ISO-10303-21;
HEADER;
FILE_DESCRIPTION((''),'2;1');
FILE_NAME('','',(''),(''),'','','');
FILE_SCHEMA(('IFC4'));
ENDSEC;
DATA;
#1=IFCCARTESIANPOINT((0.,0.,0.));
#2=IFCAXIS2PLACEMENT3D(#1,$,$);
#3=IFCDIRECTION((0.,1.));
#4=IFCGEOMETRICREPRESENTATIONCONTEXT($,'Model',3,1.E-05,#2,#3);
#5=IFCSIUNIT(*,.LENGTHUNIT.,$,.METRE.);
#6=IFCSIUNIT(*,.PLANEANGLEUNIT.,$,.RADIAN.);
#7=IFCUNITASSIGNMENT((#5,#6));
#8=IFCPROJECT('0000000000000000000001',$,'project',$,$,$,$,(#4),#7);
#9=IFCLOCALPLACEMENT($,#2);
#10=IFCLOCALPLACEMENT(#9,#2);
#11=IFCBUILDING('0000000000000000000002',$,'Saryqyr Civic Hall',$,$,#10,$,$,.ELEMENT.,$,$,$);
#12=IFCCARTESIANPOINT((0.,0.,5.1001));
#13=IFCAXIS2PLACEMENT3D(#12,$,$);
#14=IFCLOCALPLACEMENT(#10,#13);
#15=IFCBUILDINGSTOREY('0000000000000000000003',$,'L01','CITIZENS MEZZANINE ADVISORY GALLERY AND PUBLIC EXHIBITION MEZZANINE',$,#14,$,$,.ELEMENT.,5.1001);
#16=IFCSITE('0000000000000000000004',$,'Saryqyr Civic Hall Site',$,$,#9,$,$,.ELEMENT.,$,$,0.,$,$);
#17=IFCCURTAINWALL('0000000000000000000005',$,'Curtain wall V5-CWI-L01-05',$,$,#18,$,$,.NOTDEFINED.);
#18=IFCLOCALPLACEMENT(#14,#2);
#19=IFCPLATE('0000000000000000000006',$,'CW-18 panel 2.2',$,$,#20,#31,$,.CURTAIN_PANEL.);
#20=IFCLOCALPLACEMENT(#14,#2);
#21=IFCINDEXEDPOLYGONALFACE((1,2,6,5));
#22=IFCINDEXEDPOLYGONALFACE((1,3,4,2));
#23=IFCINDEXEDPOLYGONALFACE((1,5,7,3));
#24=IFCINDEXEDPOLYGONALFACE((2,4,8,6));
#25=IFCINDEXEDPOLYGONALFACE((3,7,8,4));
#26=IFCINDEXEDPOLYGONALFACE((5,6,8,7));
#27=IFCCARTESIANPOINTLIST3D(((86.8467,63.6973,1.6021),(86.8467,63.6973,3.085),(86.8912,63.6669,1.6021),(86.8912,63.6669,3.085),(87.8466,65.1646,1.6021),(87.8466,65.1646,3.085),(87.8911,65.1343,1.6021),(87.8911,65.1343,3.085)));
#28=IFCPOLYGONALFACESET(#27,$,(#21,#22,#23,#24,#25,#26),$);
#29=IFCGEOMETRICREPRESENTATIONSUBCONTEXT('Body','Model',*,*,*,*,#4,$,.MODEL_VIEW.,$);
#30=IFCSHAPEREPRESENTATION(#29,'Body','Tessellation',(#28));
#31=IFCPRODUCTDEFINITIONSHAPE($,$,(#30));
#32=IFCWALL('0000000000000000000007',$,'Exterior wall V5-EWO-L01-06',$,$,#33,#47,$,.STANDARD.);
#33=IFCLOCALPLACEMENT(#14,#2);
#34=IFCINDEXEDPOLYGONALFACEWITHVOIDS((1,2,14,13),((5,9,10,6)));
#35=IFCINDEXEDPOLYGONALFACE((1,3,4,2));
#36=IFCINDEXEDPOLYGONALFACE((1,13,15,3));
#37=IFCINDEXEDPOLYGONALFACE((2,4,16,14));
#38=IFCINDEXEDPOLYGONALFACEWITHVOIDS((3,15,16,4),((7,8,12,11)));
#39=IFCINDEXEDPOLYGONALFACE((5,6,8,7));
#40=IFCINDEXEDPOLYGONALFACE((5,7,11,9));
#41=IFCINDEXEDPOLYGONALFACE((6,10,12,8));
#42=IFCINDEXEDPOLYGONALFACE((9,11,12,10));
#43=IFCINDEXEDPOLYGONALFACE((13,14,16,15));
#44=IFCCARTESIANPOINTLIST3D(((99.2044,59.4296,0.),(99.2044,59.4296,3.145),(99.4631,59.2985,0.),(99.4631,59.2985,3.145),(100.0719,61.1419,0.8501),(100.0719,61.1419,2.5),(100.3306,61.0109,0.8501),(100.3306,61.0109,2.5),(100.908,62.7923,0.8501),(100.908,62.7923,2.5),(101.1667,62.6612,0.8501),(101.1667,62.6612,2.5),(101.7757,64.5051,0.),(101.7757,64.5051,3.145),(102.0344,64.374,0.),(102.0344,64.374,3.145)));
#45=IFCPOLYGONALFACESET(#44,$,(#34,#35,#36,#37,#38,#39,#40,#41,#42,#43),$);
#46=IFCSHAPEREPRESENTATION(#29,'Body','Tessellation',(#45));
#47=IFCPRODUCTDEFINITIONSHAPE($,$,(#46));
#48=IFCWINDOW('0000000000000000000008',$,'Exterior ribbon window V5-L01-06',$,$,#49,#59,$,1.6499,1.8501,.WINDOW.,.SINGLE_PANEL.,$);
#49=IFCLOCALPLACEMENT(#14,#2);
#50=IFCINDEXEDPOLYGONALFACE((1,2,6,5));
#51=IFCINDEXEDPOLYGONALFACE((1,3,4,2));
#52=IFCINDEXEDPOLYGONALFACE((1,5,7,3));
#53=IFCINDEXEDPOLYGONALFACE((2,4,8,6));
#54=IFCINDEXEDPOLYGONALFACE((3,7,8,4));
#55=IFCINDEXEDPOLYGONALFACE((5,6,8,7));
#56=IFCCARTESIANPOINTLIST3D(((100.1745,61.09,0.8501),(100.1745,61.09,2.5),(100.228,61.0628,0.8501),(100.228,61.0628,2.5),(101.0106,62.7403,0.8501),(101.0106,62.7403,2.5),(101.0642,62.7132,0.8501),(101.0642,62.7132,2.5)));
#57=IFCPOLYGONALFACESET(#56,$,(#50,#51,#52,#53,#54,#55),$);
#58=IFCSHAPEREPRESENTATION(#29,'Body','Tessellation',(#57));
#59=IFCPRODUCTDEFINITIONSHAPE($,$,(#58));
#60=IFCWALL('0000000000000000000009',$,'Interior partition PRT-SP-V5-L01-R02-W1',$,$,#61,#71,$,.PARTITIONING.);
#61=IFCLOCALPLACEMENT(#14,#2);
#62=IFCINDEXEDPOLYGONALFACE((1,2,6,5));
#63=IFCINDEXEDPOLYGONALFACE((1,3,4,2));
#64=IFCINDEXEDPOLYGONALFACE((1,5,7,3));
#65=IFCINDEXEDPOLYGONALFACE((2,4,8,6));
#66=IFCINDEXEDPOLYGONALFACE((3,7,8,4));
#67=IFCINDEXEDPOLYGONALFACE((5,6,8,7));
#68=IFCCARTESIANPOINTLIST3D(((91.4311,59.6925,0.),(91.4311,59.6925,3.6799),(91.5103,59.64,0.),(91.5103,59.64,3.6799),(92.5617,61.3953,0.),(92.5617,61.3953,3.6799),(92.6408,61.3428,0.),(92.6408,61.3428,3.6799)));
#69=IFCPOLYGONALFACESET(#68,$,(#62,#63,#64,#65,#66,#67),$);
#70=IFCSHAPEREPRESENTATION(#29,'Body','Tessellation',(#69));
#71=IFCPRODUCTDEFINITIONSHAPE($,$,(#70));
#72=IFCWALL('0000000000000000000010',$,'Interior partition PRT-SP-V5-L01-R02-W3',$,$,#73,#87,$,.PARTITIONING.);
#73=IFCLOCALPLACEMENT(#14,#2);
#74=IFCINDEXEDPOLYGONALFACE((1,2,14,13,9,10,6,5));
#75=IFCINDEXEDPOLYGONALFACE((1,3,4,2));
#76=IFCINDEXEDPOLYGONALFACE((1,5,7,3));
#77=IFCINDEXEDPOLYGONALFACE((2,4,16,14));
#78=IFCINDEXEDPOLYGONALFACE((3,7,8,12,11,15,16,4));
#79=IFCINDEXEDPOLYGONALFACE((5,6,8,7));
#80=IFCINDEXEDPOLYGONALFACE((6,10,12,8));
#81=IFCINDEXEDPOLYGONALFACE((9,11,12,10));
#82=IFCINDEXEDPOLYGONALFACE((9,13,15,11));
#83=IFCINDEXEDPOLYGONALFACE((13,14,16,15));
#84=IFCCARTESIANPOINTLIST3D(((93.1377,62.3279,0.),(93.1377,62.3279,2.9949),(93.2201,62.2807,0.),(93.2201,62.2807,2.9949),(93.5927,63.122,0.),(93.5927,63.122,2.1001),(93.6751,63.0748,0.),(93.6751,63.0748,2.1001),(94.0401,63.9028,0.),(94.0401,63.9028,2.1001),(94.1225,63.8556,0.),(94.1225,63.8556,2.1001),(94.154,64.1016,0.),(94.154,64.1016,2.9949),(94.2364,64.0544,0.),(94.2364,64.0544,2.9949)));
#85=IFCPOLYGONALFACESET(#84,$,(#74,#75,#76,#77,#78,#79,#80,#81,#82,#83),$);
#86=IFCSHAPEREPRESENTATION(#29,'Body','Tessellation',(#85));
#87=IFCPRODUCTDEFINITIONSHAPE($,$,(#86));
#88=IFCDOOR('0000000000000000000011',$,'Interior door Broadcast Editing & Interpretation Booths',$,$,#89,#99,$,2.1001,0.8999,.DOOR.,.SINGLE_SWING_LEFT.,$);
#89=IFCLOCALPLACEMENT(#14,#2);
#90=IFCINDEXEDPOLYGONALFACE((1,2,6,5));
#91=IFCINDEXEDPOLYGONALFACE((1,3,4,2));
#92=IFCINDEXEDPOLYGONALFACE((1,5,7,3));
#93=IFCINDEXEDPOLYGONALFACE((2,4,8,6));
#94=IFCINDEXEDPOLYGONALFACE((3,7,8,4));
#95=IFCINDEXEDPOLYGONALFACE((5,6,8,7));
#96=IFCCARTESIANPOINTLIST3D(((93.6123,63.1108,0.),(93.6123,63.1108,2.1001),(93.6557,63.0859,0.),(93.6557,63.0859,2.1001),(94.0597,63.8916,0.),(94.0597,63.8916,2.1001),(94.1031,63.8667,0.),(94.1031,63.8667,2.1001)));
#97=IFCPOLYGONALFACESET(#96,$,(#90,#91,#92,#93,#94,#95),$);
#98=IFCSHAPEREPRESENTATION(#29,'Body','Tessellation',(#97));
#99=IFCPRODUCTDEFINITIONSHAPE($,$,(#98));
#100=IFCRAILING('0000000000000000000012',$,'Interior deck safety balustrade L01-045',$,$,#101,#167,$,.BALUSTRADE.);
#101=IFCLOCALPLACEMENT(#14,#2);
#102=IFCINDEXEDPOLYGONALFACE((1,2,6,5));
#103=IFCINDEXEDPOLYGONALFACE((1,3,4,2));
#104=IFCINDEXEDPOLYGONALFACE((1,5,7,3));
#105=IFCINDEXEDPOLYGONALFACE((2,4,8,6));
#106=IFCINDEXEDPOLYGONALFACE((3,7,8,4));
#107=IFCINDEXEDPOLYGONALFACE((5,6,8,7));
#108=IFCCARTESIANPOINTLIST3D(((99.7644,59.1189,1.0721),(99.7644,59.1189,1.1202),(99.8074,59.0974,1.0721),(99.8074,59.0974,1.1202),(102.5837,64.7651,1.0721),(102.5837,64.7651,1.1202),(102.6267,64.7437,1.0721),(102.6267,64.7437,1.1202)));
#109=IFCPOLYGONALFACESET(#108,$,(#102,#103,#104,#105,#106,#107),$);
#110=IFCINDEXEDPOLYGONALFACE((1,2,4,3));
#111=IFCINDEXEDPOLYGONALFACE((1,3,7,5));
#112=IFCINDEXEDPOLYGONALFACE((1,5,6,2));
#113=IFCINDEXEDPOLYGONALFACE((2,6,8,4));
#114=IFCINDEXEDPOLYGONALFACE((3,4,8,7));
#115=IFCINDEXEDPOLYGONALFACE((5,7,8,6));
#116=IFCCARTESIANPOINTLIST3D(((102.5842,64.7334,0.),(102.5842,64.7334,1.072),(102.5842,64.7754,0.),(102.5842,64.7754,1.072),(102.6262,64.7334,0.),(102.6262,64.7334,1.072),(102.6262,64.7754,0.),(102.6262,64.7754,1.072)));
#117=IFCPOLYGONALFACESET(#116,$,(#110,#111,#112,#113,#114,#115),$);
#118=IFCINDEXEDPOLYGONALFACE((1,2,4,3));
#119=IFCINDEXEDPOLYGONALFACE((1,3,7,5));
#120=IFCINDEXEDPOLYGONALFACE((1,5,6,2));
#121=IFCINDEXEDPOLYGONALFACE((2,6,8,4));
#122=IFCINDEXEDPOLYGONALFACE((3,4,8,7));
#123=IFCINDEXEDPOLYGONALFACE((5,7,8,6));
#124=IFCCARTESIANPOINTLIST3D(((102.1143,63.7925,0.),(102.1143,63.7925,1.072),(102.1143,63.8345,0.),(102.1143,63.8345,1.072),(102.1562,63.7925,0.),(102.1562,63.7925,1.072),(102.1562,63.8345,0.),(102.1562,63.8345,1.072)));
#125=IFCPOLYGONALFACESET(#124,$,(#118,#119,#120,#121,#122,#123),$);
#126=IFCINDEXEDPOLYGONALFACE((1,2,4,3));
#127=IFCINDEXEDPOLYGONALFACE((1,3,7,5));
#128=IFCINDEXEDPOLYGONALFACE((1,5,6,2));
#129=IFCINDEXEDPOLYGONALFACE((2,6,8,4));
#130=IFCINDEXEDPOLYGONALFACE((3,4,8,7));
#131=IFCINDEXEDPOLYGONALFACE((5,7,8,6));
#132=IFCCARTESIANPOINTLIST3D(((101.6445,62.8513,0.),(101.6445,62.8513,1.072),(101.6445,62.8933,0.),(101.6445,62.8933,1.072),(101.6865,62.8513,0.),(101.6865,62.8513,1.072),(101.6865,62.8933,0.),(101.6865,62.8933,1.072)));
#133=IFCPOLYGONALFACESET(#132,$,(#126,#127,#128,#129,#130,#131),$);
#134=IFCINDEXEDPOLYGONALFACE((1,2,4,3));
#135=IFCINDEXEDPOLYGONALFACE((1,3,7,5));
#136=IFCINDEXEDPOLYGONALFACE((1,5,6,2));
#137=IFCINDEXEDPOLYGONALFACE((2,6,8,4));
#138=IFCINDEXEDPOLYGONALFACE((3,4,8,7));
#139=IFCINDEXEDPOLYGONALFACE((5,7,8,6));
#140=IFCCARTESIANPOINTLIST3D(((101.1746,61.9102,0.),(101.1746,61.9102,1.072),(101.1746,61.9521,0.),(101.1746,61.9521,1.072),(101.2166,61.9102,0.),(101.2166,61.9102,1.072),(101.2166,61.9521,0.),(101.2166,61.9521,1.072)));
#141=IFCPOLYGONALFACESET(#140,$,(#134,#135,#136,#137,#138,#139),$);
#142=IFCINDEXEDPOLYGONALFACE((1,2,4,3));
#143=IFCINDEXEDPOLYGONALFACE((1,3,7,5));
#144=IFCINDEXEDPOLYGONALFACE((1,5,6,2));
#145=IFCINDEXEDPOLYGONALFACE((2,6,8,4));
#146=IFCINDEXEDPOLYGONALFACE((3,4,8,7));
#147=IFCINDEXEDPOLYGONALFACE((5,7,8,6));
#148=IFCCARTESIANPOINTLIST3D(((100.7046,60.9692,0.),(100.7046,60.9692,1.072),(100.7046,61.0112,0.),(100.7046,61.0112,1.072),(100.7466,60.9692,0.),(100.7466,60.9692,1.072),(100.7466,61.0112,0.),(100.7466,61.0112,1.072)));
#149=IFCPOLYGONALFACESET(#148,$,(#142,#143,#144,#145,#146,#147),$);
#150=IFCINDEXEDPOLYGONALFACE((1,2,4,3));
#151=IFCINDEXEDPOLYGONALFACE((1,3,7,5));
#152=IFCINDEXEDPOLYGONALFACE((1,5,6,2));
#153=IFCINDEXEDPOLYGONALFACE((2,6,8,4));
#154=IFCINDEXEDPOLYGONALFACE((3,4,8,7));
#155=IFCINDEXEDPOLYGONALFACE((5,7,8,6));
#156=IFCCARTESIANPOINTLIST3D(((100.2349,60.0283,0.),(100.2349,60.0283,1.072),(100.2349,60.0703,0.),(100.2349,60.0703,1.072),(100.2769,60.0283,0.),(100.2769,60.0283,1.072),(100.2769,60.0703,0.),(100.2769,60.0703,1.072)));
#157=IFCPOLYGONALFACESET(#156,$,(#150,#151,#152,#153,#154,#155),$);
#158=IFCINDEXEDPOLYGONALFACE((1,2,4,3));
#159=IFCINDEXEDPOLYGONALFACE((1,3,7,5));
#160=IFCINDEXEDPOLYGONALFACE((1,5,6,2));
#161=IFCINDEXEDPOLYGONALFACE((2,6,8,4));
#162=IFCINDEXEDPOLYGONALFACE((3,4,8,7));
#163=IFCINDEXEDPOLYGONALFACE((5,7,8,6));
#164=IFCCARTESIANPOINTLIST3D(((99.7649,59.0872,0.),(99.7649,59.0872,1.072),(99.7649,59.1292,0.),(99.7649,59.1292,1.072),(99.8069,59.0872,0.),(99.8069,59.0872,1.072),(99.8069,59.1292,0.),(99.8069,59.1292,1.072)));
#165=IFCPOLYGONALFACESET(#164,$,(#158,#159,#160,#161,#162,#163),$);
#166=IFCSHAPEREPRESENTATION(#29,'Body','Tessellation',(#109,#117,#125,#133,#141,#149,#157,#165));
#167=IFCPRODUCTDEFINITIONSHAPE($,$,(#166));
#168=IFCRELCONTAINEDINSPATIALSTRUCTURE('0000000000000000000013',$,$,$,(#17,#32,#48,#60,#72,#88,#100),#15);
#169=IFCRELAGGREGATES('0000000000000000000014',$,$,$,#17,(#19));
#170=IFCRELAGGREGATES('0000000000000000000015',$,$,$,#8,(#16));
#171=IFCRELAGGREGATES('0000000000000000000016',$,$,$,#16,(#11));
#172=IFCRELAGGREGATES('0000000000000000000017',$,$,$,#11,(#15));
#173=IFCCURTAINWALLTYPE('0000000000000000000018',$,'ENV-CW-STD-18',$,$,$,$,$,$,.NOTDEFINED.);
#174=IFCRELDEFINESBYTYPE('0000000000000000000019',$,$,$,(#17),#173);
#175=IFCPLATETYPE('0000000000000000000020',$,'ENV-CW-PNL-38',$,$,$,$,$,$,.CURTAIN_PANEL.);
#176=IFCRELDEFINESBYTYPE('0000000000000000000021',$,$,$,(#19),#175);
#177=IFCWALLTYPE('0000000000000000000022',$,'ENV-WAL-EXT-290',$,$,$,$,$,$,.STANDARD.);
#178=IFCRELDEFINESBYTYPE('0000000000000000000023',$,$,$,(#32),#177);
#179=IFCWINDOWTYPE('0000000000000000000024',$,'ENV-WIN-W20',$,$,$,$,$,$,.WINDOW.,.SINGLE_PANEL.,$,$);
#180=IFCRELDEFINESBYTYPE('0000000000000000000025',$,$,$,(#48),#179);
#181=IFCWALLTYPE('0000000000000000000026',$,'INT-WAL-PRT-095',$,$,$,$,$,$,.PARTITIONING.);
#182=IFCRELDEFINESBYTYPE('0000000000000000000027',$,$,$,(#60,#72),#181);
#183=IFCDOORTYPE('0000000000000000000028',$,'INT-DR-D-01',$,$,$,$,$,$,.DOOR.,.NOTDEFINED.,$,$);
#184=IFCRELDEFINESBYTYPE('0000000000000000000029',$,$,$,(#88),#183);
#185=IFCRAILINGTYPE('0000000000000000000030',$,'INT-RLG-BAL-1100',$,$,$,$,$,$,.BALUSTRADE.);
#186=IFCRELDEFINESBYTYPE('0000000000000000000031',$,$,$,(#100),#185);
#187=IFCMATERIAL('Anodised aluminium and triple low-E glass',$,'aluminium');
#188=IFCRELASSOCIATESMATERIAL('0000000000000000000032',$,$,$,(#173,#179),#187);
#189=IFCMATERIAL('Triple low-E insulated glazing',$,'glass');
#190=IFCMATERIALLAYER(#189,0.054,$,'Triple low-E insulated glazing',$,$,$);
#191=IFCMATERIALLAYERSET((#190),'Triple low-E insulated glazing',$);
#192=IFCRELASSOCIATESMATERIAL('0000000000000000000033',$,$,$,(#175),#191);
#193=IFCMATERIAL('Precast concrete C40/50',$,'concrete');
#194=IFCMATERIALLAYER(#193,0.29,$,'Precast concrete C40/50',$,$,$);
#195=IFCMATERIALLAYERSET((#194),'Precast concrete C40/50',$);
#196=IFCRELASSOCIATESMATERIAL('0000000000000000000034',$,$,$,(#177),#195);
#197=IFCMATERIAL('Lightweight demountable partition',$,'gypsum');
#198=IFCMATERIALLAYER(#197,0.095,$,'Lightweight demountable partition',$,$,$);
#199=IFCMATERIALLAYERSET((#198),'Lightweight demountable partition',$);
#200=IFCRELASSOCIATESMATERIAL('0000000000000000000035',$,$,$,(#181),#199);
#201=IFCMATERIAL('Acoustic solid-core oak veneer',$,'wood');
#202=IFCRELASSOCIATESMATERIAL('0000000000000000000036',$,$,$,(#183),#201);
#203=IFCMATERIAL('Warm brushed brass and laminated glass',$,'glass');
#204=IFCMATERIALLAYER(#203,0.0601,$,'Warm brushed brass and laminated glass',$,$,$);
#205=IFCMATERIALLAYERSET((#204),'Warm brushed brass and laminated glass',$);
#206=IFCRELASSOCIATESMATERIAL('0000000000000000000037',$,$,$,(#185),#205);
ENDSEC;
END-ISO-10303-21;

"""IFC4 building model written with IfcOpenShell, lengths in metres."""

from ifc_helpers import new_model, si_unit, direction, frame, frame_2d, origin, origin_2d, place, context, subcontext, project, spatial, rectangle, extrude, material, layer, layer_set, type_object, element, fill, aggregate, save


model = new_model("IFC4")

# Units and contexts
model_context = context("Model", 3, precision=1e-05, world=origin(), true_north=direction((0.0, 1.0)))
body_context = subcontext(model_context, "Body", "Model", "MODEL_VIEW")
ifc_project = project(units=[si_unit("LENGTHUNIT", "METRE"), si_unit("PLANEANGLEUNIT", "RADIAN")], contexts=[model_context])

# Site, building, storey
site_placement = place(None, origin())
site = spatial("IfcSite", under=ifc_project, at=site_placement, Name="Saryqyr Civic Hall Site", CompositionType="ELEMENT", RefElevation=0.0)
building_placement = place(site_placement, origin())
building = spatial("IfcBuilding", under=site, at=building_placement, Name="Saryqyr Civic Hall", CompositionType="ELEMENT")
storey_placement = place(building_placement, frame((0.0, 0.0, 5.1001)))
storey = spatial("IfcBuildingStorey", under=building, at=storey_placement, Name="L01", Description="CITIZENS MEZZANINE ADVISORY GALLERY AND PUBLIC EXHIBITION MEZZANINE", CompositionType="ELEMENT", Elevation=5.1001)

# Shared definitions
ifc_material_1 = material(Name="Anodised aluminium and triple low-E glass", Category="aluminium")

# Curtain wall
curtain_wall_type_1 = type_object("IfcCurtainWallType", Name="ENV-CW-STD-18", PredefinedType="NOTDEFINED", material=ifc_material_1)
curtain_wall_1_placement = place(storey_placement, origin())
curtain_wall_1 = element("IfcCurtainWall", 1, at=curtain_wall_1_placement, inside=storey, type_object=curtain_wall_type_1, Name="Curtain wall V5-CWI-L01-05", PredefinedType="NOTDEFINED")

# Shared definitions
ifc_material_2 = material(Name="Precast concrete C40/50", Category="concrete")

# Plate
ifc_material_3 = material(Name="Triple low-E insulated glazing", Category="glass")
ifc_layer_1 = layer(ifc_material_3, 0.054, Name="Triple low-E insulated glazing")
ifc_layer_set_1 = layer_set([ifc_layer_1], Name="Triple low-E insulated glazing")
plate_type = type_object("IfcPlateType", Name="ENV-CW-PNL-38", PredefinedType="CURTAIN_PANEL", material=ifc_layer_set_1)
plate_1_placement = place(storey_placement, frame((87.3689, 64.4158, 1.6021), z_axis=(0.0, 0.0, 1.0), x_axis=(0.56312, 0.826375, 0.0)))
plate_1 = element("IfcPlate", 2, at=plate_1_placement, type_object=plate_type, Name="CW-18 panel 2.2", PredefinedType="CURTAIN_PANEL", context=body_context, shape_type="SweptSolid", body=[
    extrude(rectangle(XDim=1.7756, YDim=0.054, at=origin_2d()), origin(), (0.0, 0.0, 1.0), 1.4829),
])
aggregate(curtain_wall_1, [plate_1])

# Wall, opening, window
ifc_layer_2 = layer(ifc_material_2, 0.29, Name="Precast concrete C40/50")
ifc_layer_set_2 = layer_set([ifc_layer_2], Name="Precast concrete C40/50")
wall_type_1 = type_object("IfcWallType", Name="ENV-WAL-EXT-290", PredefinedType="STANDARD", material=ifc_layer_set_2)
wall_1_placement = place(storey_placement, frame((101.905, 64.4395, 0.0), z_axis=(0.0, 0.0, 1.0), x_axis=(-0.451927, -0.892055, 0.0)))
wall_1 = element("IfcWall", 3, at=wall_1_placement, inside=storey, type_object=wall_type_1, Name="Exterior wall V5-EWO-L01-06", PredefinedType="STANDARD", context=body_context, shape_type="SweptSolid", body=[
    extrude(rectangle(XDim=5.6897, YDim=0.29, at=frame_2d((2.8447, 0.0))), origin(), (0.0, 0.0, 1.0), 3.145),
])
opening_1_placement = place(wall_1_placement, frame((1.9199, 0.0, 0.8501)))
opening_1 = element("IfcOpeningElement", 4, at=opening_1_placement, cuts=wall_1, PredefinedType="OPENING", context=body_context, shape_type="SweptSolid", body=[
    extrude(rectangle(XDim=1.8501, YDim=1.6499, at=frame_2d((0.925, 0.825))), frame((0.0, 0.155, 0.0), z_axis=(0.0, -1.0, 0.0), x_axis=(1.0, 0.0, 0.0)), (0.0, 0.0, 1.0), 0.3101),
])
window_type = type_object("IfcWindowType", Name="ENV-WIN-W20", PartitioningType="SINGLE_PANEL", PredefinedType="WINDOW", material=ifc_material_1)
window_placement = place(opening_1_placement, origin())
window = element("IfcWindow", 5, at=window_placement, inside=storey, type_object=window_type, Name="Exterior ribbon window V5-L01-06", OverallHeight=1.6499, OverallWidth=1.8501, PartitioningType="SINGLE_PANEL", PredefinedType="WINDOW", context=body_context, shape_type="SweptSolid", body=[
    extrude(rectangle(XDim=1.8501, YDim=1.6499, at=frame_2d((0.925, 0.825))), frame((0.0, 0.03, 0.0), z_axis=(0.0, -1.0, 0.0), x_axis=(1.0, 0.0, 0.0)), (0.0, 0.0, 1.0), 0.0601),
])
fill(opening_1, window)

# Wall
ifc_material_4 = material(Name="Lightweight demountable partition", Category="gypsum")
ifc_layer_3 = layer(ifc_material_4, 0.095, Name="Lightweight demountable partition")
ifc_layer_set_3 = layer_set([ifc_layer_3], Name="Lightweight demountable partition")
wall_type_2 = type_object("IfcWallType", Name="INT-WAL-PRT-095", PredefinedType="PARTITIONING", material=ifc_layer_set_3)
wall_2_placement = place(storey_placement, frame((91.4707, 59.6663, 0.0), z_axis=(0.0, 0.0, 1.0), x_axis=(0.553128, 0.833096, 0.0)))
element("IfcWall", 6, at=wall_2_placement, inside=storey, type_object=wall_type_2, Name="Interior partition PRT-SP-V5-L01-R02-W1", PredefinedType="PARTITIONING", context=body_context, shape_type="SweptSolid", body=[
    extrude(rectangle(XDim=2.0439, YDim=0.095, at=frame_2d((1.022, 0.0))), origin(), (0.0, 0.0, 1.0), 3.6799),
])

# Wall, opening, door
wall_3_placement = place(storey_placement, frame((93.179, 62.3044, 0.0), z_axis=(0.0, 0.0, 1.0), x_axis=(0.49718, 0.867647, 0.0)))
wall_3 = element("IfcWall", 7, at=wall_3_placement, inside=storey, type_object=wall_type_2, Name="Interior partition PRT-SP-V5-L01-R02-W3", PredefinedType="PARTITIONING", context=body_context, shape_type="SweptSolid", body=[
    extrude(rectangle(XDim=2.0442, YDim=0.095, at=frame_2d((1.022, 0.0))), origin(), (0.0, 0.0, 1.0), 2.9949),
])
opening_2_placement = place(wall_3_placement, frame((0.915, 0.0, 0.0)))
opening_2 = element("IfcOpeningElement", 8, at=opening_2_placement, cuts=wall_3, PredefinedType="OPENING", context=body_context, shape_type="SweptSolid", body=[
    extrude(rectangle(XDim=0.8999, YDim=2.1001, at=frame_2d((0.45, 1.05))), frame((0.0, 0.0574, 0.0), z_axis=(0.0, -1.0, 0.0), x_axis=(1.0, 0.0, 0.0)), (0.0, 0.0, 1.0), 0.115),
])
ifc_material_5 = material(Name="Acoustic solid-core oak veneer", Category="wood")
door_type = type_object("IfcDoorType", Name="INT-DR-D-01", OperationType="NOTDEFINED", PredefinedType="DOOR", material=ifc_material_5)
door_placement = place(opening_2_placement, origin())
door = element("IfcDoor", 9, at=door_placement, inside=storey, type_object=door_type, Name="Interior door Broadcast Editing & Interpretation Booths", OperationType="SINGLE_SWING_LEFT", OverallHeight=2.1001, OverallWidth=0.8999, PredefinedType="DOOR", context=body_context, shape_type="SweptSolid", body=[
    extrude(rectangle(XDim=0.8999, YDim=2.1001, at=frame_2d((0.45, 1.05))), frame((0.0, 0.0249, 0.0), z_axis=(0.0, -1.0, 0.0), x_axis=(1.0, 0.0, 0.0)), (0.0, 0.0, 1.0), 0.05),
])
fill(opening_2, door)

# Railing
ifc_material_6 = material(Name="Warm brushed brass and laminated glass", Category="glass")
ifc_layer_4 = layer(ifc_material_6, 0.0601, Name="Warm brushed brass and laminated glass")
ifc_layer_set_4 = layer_set([ifc_layer_4], Name="Warm brushed brass and laminated glass")
railing_type = type_object("IfcRailingType", Name="INT-RLG-BAL-1100", PredefinedType="BALUSTRADE", material=ifc_layer_set_4)
railing_1_placement = place(storey_placement, frame((102.6052, 64.7544, 0.0)))
element("IfcRailing", 10, at=railing_1_placement, inside=storey, type_object=railing_type, Name="Interior deck safety balustrade L01-045", PredefinedType="BALUSTRADE", context=body_context, shape_type="SweptSolid", body=[
    extrude(rectangle(XDim=0.0481, YDim=0.0481, at=origin_2d()), frame((0.0, 0.0, 1.0962), z_axis=(-0.446734, -0.894667, 0.0), x_axis=(0.894667, -0.446734, 0.0)), (0.0, 0.0, 1.0), 6.311),
    extrude(rectangle(XDim=0.042, YDim=0.042, at=origin_2d()), origin(), (0.0, 0.0, 1.0), 1.072),
    extrude(rectangle(XDim=0.042, YDim=0.042, at=origin_2d()), frame((-0.47, -0.9409, 0.0)), (0.0, 0.0, 1.0), 1.072),
    extrude(rectangle(XDim=0.042, YDim=0.042, at=origin_2d()), frame((-0.9397, -1.8821, 0.0)), (0.0, 0.0, 1.0), 1.072),
    extrude(rectangle(XDim=0.042, YDim=0.042, at=origin_2d()), frame((-1.4097, -2.8232, 0.0)), (0.0, 0.0, 1.0), 1.072),
    extrude(rectangle(XDim=0.042, YDim=0.042, at=origin_2d()), frame((-1.8796, -3.7642, 0.0)), (0.0, 0.0, 1.0), 1.072),
    extrude(rectangle(XDim=0.042, YDim=0.042, at=origin_2d()), frame((-2.3494, -4.7051, 0.0)), (0.0, 0.0, 1.0), 1.072),
    extrude(rectangle(XDim=0.042, YDim=0.042, at=origin_2d()), frame((-2.8193, -5.6462, 0.0)), (0.0, 0.0, 1.0), 1.072),
])

save(model, "model.ifc")
